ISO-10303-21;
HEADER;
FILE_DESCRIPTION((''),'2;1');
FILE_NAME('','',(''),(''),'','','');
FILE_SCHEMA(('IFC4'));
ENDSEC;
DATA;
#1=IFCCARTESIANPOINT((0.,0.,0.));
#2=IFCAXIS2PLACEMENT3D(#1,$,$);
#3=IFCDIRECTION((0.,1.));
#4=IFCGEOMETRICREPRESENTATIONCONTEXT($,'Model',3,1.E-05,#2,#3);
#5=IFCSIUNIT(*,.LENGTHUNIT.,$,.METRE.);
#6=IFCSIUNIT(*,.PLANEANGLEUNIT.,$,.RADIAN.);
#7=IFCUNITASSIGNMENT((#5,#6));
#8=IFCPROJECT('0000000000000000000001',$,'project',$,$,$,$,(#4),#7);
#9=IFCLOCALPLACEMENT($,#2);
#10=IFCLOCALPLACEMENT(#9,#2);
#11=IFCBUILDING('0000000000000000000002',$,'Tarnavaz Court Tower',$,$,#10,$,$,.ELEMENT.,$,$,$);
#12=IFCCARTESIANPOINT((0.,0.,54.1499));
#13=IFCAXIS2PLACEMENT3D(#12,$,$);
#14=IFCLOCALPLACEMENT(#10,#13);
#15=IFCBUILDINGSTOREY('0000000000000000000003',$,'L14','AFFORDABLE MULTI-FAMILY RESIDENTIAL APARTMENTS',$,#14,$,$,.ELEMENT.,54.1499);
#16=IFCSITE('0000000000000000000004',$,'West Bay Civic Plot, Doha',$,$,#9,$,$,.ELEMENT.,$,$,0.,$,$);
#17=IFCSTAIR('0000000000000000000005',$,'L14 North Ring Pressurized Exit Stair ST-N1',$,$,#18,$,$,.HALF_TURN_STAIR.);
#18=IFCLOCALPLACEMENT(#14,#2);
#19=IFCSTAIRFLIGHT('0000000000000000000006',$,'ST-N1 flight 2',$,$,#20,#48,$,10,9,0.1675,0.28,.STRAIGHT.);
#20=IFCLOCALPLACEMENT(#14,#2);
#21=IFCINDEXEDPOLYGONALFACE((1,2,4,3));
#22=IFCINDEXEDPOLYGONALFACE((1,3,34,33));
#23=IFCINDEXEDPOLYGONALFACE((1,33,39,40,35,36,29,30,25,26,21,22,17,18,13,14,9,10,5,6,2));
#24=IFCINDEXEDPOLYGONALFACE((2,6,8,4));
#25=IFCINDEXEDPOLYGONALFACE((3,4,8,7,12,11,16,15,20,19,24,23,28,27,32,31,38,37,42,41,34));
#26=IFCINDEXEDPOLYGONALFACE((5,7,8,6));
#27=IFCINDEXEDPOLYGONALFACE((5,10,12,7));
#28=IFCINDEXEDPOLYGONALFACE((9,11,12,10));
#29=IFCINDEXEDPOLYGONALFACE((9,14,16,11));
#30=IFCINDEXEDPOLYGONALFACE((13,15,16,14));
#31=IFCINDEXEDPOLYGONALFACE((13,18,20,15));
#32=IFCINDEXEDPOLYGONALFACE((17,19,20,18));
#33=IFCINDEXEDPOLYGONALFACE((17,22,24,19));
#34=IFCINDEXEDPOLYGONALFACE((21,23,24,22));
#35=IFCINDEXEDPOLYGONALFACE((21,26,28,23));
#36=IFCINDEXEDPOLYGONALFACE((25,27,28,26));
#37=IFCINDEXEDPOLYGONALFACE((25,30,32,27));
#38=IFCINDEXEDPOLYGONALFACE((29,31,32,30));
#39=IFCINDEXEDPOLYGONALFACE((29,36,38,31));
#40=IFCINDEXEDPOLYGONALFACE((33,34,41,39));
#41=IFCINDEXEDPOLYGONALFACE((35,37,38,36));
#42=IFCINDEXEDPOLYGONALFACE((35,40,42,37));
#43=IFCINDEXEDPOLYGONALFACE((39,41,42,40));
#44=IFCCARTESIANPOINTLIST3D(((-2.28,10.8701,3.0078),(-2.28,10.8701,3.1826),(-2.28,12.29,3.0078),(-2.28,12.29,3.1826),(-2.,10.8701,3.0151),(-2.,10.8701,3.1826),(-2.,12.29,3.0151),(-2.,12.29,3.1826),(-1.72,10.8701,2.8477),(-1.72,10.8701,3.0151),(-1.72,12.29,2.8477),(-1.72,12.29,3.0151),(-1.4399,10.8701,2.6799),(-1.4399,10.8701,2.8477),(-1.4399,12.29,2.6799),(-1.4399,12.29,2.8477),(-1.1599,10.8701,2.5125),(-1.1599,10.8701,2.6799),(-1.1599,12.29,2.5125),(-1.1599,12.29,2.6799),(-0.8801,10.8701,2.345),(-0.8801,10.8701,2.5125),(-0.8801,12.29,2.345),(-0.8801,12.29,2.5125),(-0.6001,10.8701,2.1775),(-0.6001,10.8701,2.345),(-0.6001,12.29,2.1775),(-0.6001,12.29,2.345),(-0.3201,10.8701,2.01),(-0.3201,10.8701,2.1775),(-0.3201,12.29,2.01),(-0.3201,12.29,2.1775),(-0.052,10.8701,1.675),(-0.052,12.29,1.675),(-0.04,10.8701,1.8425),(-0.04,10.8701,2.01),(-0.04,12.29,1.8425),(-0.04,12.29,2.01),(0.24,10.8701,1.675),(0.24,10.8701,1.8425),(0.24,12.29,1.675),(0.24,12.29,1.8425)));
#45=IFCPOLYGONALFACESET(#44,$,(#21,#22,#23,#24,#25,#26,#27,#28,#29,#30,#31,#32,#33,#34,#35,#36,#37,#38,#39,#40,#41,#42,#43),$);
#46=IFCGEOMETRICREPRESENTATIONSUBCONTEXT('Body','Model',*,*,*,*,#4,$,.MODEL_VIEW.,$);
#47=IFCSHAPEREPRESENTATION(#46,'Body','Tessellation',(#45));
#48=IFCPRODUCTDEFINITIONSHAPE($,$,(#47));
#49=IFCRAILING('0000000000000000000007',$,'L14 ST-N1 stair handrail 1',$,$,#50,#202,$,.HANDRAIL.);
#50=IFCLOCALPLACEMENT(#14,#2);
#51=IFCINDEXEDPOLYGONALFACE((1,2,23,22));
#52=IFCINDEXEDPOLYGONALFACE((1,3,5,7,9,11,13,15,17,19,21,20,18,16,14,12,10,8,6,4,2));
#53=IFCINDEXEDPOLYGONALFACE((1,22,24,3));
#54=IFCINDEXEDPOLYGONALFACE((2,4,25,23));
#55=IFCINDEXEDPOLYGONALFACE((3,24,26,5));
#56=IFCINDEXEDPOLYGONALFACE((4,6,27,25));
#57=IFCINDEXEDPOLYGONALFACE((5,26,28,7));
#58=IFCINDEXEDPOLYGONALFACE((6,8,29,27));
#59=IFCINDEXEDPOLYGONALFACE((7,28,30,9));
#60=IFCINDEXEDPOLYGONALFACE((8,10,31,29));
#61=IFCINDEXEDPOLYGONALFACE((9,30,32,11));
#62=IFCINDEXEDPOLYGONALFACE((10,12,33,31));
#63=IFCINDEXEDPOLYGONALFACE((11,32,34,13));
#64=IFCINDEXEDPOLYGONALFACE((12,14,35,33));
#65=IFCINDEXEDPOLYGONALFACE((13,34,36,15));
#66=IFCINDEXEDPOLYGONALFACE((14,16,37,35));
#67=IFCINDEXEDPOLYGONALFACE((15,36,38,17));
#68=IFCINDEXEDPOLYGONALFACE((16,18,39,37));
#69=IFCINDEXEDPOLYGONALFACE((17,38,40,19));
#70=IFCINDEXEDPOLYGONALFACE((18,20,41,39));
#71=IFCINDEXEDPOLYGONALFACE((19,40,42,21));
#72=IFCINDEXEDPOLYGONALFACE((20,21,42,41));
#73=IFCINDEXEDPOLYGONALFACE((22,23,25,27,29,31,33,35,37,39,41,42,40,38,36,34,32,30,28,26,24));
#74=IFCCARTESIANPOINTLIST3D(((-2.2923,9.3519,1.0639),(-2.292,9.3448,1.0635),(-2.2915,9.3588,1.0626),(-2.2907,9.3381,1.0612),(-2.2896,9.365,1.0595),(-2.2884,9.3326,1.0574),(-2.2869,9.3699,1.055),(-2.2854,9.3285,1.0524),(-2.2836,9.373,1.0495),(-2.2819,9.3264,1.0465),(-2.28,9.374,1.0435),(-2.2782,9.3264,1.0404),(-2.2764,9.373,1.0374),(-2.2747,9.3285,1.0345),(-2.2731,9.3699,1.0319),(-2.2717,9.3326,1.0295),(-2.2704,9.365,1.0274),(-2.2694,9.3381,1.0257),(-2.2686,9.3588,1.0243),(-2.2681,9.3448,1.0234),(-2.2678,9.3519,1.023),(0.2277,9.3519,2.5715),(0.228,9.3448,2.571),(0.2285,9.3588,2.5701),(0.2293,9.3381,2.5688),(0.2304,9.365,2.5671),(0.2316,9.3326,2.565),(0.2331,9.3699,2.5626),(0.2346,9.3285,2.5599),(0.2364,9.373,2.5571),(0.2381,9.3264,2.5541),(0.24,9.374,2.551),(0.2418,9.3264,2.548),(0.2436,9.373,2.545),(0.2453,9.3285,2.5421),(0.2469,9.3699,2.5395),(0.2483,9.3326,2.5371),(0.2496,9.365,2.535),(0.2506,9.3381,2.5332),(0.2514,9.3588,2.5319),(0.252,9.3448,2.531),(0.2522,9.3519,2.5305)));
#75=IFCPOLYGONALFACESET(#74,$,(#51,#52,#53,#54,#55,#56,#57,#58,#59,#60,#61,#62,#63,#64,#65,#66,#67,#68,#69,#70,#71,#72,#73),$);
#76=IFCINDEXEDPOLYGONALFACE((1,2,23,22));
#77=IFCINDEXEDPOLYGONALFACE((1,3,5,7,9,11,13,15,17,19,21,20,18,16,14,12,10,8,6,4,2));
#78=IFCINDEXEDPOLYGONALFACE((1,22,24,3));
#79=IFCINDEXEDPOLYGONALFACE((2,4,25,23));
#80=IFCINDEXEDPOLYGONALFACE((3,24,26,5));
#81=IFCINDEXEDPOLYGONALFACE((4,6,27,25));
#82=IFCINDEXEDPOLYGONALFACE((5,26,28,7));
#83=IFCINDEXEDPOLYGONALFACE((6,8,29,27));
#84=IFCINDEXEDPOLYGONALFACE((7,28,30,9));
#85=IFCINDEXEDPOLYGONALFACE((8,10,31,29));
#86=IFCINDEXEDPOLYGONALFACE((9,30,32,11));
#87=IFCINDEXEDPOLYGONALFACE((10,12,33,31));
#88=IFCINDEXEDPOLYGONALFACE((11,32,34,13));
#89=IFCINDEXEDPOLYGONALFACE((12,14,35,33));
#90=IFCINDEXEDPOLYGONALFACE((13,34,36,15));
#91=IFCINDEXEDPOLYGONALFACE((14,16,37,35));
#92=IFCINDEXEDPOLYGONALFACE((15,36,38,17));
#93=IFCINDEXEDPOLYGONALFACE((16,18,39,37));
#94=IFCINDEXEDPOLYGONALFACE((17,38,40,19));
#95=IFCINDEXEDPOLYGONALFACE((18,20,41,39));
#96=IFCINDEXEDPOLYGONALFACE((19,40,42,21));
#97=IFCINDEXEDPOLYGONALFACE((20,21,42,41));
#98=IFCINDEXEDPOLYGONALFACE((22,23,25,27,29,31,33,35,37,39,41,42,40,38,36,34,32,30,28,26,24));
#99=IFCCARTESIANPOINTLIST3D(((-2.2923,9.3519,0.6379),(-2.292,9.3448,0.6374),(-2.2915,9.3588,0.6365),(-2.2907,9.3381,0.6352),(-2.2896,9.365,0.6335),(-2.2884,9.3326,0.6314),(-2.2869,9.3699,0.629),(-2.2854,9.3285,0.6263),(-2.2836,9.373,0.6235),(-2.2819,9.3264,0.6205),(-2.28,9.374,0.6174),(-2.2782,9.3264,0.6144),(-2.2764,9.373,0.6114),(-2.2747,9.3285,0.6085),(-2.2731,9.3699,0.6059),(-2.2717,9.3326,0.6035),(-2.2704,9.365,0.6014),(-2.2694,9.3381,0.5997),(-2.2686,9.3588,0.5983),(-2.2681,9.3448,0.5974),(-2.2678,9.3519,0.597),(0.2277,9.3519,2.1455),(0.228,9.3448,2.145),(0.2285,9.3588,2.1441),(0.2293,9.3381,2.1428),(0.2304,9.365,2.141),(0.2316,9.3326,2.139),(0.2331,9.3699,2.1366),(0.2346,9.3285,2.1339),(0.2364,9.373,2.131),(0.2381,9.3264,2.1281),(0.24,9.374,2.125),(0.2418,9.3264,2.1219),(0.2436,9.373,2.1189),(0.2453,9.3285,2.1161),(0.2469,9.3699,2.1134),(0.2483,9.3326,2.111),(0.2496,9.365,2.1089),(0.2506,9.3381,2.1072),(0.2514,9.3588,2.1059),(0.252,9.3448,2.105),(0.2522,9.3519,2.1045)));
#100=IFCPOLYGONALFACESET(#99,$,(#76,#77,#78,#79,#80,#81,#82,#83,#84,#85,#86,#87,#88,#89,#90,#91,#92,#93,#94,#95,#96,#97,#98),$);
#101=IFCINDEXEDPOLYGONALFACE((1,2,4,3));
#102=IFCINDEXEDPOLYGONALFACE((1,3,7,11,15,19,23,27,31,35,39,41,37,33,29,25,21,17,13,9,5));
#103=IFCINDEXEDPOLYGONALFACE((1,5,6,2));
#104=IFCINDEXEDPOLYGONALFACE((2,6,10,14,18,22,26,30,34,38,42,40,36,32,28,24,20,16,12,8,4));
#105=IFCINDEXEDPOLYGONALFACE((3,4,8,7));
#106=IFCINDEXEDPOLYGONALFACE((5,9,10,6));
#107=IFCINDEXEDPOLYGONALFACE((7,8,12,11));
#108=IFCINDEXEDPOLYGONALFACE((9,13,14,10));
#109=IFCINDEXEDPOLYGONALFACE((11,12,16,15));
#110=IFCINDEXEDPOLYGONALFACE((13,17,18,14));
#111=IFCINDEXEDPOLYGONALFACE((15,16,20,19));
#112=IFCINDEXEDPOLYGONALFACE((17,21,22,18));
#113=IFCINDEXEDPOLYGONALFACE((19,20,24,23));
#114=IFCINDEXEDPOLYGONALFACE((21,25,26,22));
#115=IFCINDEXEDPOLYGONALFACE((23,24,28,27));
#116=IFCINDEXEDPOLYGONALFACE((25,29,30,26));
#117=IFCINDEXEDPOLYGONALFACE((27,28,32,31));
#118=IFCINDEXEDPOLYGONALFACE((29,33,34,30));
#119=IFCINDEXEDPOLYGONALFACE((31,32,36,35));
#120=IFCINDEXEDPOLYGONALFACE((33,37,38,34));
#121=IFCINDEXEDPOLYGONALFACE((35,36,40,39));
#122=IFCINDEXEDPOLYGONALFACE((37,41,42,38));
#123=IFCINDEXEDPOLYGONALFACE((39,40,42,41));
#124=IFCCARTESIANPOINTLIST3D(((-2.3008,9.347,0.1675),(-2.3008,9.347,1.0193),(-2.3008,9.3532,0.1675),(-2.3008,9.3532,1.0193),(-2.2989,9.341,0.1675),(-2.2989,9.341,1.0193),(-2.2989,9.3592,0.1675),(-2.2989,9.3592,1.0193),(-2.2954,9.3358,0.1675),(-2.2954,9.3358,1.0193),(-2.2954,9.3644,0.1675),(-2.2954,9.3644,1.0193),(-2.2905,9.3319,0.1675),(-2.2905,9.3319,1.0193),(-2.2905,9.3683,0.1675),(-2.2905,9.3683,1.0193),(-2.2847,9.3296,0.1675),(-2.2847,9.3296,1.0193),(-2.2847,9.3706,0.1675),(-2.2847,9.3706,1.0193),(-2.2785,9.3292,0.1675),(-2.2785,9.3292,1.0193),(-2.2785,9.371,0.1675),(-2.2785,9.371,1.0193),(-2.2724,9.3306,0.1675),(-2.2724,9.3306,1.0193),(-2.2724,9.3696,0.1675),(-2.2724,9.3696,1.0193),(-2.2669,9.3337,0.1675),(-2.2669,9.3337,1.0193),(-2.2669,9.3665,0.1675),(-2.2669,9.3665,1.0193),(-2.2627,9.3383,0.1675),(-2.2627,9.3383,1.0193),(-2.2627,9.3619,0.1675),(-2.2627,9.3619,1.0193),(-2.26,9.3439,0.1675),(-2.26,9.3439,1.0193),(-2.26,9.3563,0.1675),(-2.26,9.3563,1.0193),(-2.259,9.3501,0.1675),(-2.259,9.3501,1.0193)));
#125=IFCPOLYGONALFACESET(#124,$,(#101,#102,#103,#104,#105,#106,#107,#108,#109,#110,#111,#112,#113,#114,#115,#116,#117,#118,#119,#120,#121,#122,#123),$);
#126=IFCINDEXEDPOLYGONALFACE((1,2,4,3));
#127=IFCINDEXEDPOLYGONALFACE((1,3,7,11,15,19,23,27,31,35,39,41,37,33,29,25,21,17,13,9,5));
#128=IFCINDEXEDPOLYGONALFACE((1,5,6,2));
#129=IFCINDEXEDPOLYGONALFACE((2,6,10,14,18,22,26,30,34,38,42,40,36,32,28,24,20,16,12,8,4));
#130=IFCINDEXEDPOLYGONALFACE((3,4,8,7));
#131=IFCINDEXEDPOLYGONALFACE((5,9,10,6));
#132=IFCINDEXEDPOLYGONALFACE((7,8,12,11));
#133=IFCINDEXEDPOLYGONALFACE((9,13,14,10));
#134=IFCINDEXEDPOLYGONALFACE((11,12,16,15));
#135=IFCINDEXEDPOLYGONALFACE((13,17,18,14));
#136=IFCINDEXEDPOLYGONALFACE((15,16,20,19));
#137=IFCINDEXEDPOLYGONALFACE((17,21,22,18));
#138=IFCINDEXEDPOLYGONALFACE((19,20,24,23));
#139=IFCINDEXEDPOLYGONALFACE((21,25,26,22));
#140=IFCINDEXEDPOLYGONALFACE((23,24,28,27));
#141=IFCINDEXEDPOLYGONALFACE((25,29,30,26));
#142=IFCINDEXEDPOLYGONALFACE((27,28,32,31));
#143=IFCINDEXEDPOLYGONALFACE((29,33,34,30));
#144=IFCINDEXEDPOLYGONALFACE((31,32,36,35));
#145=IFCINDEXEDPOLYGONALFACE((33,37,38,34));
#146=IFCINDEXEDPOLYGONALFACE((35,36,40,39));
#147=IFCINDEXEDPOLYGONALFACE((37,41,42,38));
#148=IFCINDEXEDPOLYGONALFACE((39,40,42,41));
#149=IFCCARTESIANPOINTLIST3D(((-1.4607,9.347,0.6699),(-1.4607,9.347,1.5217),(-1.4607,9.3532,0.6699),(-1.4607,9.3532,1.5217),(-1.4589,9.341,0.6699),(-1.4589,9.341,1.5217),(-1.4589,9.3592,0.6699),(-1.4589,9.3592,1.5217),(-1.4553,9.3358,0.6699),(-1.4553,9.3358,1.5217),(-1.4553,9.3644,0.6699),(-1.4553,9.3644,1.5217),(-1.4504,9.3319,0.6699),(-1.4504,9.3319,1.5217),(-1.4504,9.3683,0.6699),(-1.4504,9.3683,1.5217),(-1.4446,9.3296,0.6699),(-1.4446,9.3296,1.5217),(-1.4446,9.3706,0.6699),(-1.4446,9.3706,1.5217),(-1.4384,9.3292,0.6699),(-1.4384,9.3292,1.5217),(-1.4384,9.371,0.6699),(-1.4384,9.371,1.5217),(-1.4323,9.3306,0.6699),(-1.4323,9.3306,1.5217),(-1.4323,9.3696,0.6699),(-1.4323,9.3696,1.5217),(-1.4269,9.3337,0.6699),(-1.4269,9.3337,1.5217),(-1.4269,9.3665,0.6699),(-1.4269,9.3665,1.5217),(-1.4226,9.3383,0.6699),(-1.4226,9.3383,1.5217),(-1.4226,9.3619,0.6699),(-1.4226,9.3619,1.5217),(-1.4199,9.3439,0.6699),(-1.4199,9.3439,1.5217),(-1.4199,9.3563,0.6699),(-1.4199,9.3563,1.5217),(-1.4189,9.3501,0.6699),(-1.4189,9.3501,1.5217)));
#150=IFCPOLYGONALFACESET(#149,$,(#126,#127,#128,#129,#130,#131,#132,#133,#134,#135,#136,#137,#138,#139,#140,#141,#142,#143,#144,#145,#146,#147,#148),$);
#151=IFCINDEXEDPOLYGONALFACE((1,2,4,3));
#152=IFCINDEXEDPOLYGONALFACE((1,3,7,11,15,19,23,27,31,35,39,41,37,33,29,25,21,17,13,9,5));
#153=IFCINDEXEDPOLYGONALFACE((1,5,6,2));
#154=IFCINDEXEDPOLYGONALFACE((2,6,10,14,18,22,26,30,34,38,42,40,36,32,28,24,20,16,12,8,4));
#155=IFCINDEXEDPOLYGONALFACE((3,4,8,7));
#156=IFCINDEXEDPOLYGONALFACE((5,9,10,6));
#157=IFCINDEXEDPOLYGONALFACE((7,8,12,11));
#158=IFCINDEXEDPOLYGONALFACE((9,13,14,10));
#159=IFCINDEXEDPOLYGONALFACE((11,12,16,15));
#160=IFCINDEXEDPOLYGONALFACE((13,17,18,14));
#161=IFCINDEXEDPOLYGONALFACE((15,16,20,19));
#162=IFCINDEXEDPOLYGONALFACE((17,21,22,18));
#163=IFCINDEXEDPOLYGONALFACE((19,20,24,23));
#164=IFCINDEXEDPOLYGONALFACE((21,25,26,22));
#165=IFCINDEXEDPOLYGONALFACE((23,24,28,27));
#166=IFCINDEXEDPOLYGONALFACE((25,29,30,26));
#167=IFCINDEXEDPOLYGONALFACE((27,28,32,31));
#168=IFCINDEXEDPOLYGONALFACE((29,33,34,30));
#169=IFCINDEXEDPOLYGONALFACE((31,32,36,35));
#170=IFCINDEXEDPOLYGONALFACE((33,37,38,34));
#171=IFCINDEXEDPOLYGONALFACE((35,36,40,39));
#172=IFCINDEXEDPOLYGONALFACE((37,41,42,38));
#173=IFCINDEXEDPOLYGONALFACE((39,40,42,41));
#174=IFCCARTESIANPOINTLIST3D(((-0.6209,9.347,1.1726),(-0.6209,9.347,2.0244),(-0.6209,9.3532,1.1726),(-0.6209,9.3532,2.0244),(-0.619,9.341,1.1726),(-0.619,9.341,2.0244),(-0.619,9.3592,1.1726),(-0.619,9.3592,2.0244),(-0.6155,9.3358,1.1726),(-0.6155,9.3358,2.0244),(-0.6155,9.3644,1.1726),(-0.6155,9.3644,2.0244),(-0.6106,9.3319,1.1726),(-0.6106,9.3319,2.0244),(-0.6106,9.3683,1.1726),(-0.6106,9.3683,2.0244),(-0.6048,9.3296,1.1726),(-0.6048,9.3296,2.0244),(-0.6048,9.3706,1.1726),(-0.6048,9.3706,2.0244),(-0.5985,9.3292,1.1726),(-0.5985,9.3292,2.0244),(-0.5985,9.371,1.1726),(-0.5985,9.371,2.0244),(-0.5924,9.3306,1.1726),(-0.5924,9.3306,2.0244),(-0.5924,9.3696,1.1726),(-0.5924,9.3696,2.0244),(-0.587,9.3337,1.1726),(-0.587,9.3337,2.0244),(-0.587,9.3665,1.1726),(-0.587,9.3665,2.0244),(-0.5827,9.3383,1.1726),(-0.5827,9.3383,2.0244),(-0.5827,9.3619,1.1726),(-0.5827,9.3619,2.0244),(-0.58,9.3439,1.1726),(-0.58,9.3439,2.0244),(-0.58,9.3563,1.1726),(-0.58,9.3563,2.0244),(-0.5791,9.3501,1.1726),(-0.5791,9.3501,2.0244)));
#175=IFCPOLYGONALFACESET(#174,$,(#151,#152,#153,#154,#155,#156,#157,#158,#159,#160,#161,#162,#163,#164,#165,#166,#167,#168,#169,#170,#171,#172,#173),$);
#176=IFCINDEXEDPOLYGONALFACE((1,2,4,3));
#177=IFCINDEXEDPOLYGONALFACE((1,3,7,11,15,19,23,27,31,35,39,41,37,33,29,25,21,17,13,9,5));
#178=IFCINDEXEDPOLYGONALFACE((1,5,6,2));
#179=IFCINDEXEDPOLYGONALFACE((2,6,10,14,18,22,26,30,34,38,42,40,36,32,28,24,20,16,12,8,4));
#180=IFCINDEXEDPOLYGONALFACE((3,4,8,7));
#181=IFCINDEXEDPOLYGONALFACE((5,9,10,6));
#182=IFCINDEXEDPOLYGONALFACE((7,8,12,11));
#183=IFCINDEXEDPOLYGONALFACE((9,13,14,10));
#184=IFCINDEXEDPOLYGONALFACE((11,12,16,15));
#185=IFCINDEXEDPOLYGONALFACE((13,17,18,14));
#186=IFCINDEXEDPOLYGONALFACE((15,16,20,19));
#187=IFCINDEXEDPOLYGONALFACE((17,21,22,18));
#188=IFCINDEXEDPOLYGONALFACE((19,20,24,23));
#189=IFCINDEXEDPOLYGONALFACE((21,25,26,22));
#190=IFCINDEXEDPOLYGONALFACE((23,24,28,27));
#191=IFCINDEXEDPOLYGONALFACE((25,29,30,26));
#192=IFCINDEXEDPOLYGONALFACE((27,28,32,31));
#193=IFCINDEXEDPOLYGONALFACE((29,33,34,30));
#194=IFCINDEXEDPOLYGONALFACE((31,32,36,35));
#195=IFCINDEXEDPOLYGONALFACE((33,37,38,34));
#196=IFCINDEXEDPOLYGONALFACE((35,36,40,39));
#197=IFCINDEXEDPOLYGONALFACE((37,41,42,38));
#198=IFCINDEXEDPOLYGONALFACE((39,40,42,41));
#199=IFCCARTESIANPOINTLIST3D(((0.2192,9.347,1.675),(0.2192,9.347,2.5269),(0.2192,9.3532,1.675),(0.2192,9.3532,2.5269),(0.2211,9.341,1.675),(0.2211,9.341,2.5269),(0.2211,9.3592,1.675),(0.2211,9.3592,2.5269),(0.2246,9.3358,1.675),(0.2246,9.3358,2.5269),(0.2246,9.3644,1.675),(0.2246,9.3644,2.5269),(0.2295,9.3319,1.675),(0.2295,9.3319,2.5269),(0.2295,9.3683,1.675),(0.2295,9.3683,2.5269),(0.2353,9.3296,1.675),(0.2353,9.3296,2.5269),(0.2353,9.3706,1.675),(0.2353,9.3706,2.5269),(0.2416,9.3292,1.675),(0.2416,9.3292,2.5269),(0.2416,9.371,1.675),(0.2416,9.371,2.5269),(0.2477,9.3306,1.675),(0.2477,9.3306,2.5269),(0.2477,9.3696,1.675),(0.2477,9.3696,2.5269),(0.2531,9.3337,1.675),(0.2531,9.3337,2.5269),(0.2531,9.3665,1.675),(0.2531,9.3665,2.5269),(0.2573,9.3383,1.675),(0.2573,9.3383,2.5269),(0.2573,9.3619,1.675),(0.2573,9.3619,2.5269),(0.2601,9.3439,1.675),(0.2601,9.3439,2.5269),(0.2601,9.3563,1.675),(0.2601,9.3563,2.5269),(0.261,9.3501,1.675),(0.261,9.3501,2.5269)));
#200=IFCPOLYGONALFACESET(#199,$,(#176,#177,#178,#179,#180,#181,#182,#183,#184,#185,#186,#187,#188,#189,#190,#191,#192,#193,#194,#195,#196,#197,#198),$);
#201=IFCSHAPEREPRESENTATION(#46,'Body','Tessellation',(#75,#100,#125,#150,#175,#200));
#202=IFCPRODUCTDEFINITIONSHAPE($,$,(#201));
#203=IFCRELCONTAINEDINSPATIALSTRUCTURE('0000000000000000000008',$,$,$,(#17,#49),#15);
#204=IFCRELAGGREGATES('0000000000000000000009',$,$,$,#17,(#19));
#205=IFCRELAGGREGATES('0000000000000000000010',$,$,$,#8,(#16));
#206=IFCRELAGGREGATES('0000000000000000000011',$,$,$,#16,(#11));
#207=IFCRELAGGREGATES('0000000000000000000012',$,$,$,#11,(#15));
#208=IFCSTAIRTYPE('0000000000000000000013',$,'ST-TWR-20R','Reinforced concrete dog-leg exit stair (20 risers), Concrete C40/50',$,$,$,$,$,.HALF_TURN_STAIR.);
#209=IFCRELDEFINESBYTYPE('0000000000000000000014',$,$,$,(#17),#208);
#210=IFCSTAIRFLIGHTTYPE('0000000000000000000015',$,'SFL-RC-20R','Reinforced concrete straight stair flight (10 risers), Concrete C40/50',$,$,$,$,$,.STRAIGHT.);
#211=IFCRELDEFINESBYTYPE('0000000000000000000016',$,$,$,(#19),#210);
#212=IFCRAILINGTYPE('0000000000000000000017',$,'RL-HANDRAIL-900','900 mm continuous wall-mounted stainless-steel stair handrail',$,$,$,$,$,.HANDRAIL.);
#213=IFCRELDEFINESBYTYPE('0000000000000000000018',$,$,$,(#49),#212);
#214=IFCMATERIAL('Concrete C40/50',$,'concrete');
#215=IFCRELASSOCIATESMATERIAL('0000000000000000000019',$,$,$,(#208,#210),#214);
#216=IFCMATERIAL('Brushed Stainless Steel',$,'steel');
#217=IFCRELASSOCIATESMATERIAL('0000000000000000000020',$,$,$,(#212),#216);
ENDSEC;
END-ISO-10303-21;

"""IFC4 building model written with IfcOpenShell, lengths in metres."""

from ifc_helpers import new_model, si_unit, direction, frame, origin, origin_2d, place, context, subcontext, project, spatial, polyline, circle, outline, extrude, material, type_object, element, aggregate, save


model = new_model("IFC4")

# Units and contexts
model_context = context("Model", 3, precision=1e-05, world=origin(), true_north=direction((0.0, 1.0)))
body_context = subcontext(model_context, "Body", "Model", "MODEL_VIEW")
ifc_project = project(units=[si_unit("LENGTHUNIT", "METRE"), si_unit("PLANEANGLEUNIT", "RADIAN")], contexts=[model_context])

# Site, building, storey
site_placement = place(None, origin())
site = spatial("IfcSite", under=ifc_project, at=site_placement, Name="West Bay Civic Plot, Doha", CompositionType="ELEMENT", RefElevation=0.0)
building_placement = place(site_placement, origin())
building = spatial("IfcBuilding", under=site, at=building_placement, Name="Tarnavaz Court Tower", CompositionType="ELEMENT")
storey_placement = place(building_placement, frame((0.0, 0.0, 54.1499)))
storey = spatial("IfcBuildingStorey", under=building, at=storey_placement, Name="L14", Description="AFFORDABLE MULTI-FAMILY RESIDENTIAL APARTMENTS", CompositionType="ELEMENT", Elevation=54.1499)

# Stair
ifc_material_1 = material(Name="Concrete C40/50", Category="concrete")
stair_type = type_object("IfcStairType", Name="ST-TWR-20R", Description="Reinforced concrete dog-leg exit stair (20 risers), Concrete C40/50", PredefinedType="HALF_TURN_STAIR", material=ifc_material_1)
stair_1_placement = place(storey_placement, origin())
stair_1 = element("IfcStair", 1, at=stair_1_placement, inside=storey, type_object=stair_type, Name="L14 North Ring Pressurized Exit Stair ST-N1", PredefinedType="HALF_TURN_STAIR")

# Stair flight
stair_flight_type = type_object("IfcStairFlightType", Name="SFL-RC-20R", Description="Reinforced concrete straight stair flight (10 risers), Concrete C40/50", PredefinedType="STRAIGHT", material=ifc_material_1)
stair_flight_placement = place(storey_placement, frame((0.24, 11.5801, 1.675), z_axis=(0.0, 0.0, 1.0), x_axis=(-1.0, 0.0, 0.0)))
stair_flight = element("IfcStairFlight", 2, at=stair_flight_placement, type_object=stair_flight_type, Name="ST-N1 flight 2", NumberOfRisers=10, NumberOfTreads=9, PredefinedType="STRAIGHT", RiserHeight=0.1675, TreadLength=0.28, context=body_context, shape_type="SweptSolid", body=[
    extrude(outline(polyline([(0.0, 0.0), (0.0, 0.1675), (0.28, 0.1675), (0.28, 0.335), (0.5601, 0.335), (0.5601, 0.5024), (0.8401, 0.5024), (0.8401, 0.6699), (1.1201, 0.6699), (1.1201, 0.8374), (1.3999, 0.8374), (1.3999, 1.0049), (1.6799, 1.0049), (1.6799, 1.1726), (1.96, 1.1726), (1.96, 1.3401), (2.24, 1.3401), (2.24, 1.5076), (2.52, 1.5076), (2.52, 1.675), (2.52, 1.3328), (0.292, 0.0), (0.0, 0.0)])), frame((0.0, 0.71, 0.0), z_axis=(0.0, -1.0, 0.0), x_axis=(1.0, 0.0, 0.0)), (0.0, 0.0, 1.0), 1.4199),
])
aggregate(stair_1, [stair_flight])

# Railing
ifc_material_2 = material(Name="Brushed Stainless Steel", Category="steel")
railing_type_1 = type_object("IfcRailingType", Name="RL-HANDRAIL-900", Description="900 mm continuous wall-mounted stainless-steel stair handrail", PredefinedType="HANDRAIL", material=ifc_material_2)
railing_1_placement = place(storey_placement, frame((-2.28, 9.3501, 0.1675)))
element("IfcRailing", 3, at=railing_1_placement, inside=storey, type_object=railing_type_1, Name="L14 ST-N1 stair handrail 1", PredefinedType="HANDRAIL", context=body_context, shape_type="SweptSolid", body=[
    extrude(circle(Radius=0.0239, at=origin_2d()), frame((0.0, 0.0, 0.876), z_axis=(0.85816, 0.0, 0.513383), x_axis=(0.0, 1.0, 0.0)), (0.0, 0.0, 1.0), 2.9365),
    extrude(circle(Radius=0.0239, at=origin_2d()), frame((0.0, 0.0, 0.45), z_axis=(0.85816, 0.0, 0.513383), x_axis=(0.0, 1.0, 0.0)), (0.0, 0.0, 1.0), 2.9365),
    extrude(circle(Radius=0.021, at=origin_2d()), origin(), (0.0, 0.0, 1.0), 0.8518),
    extrude(circle(Radius=0.021, at=origin_2d()), frame((0.8401, 0.0, 0.5024)), (0.0, 0.0, 1.0), 0.8518),
    extrude(circle(Radius=0.021, at=origin_2d()), frame((1.6799, 0.0, 1.0051)), (0.0, 0.0, 1.0), 0.8518),
    extrude(circle(Radius=0.021, at=origin_2d()), frame((2.52, 0.0, 1.5076)), (0.0, 0.0, 1.0), 0.8518),
])

save(model, "model.ifc")
